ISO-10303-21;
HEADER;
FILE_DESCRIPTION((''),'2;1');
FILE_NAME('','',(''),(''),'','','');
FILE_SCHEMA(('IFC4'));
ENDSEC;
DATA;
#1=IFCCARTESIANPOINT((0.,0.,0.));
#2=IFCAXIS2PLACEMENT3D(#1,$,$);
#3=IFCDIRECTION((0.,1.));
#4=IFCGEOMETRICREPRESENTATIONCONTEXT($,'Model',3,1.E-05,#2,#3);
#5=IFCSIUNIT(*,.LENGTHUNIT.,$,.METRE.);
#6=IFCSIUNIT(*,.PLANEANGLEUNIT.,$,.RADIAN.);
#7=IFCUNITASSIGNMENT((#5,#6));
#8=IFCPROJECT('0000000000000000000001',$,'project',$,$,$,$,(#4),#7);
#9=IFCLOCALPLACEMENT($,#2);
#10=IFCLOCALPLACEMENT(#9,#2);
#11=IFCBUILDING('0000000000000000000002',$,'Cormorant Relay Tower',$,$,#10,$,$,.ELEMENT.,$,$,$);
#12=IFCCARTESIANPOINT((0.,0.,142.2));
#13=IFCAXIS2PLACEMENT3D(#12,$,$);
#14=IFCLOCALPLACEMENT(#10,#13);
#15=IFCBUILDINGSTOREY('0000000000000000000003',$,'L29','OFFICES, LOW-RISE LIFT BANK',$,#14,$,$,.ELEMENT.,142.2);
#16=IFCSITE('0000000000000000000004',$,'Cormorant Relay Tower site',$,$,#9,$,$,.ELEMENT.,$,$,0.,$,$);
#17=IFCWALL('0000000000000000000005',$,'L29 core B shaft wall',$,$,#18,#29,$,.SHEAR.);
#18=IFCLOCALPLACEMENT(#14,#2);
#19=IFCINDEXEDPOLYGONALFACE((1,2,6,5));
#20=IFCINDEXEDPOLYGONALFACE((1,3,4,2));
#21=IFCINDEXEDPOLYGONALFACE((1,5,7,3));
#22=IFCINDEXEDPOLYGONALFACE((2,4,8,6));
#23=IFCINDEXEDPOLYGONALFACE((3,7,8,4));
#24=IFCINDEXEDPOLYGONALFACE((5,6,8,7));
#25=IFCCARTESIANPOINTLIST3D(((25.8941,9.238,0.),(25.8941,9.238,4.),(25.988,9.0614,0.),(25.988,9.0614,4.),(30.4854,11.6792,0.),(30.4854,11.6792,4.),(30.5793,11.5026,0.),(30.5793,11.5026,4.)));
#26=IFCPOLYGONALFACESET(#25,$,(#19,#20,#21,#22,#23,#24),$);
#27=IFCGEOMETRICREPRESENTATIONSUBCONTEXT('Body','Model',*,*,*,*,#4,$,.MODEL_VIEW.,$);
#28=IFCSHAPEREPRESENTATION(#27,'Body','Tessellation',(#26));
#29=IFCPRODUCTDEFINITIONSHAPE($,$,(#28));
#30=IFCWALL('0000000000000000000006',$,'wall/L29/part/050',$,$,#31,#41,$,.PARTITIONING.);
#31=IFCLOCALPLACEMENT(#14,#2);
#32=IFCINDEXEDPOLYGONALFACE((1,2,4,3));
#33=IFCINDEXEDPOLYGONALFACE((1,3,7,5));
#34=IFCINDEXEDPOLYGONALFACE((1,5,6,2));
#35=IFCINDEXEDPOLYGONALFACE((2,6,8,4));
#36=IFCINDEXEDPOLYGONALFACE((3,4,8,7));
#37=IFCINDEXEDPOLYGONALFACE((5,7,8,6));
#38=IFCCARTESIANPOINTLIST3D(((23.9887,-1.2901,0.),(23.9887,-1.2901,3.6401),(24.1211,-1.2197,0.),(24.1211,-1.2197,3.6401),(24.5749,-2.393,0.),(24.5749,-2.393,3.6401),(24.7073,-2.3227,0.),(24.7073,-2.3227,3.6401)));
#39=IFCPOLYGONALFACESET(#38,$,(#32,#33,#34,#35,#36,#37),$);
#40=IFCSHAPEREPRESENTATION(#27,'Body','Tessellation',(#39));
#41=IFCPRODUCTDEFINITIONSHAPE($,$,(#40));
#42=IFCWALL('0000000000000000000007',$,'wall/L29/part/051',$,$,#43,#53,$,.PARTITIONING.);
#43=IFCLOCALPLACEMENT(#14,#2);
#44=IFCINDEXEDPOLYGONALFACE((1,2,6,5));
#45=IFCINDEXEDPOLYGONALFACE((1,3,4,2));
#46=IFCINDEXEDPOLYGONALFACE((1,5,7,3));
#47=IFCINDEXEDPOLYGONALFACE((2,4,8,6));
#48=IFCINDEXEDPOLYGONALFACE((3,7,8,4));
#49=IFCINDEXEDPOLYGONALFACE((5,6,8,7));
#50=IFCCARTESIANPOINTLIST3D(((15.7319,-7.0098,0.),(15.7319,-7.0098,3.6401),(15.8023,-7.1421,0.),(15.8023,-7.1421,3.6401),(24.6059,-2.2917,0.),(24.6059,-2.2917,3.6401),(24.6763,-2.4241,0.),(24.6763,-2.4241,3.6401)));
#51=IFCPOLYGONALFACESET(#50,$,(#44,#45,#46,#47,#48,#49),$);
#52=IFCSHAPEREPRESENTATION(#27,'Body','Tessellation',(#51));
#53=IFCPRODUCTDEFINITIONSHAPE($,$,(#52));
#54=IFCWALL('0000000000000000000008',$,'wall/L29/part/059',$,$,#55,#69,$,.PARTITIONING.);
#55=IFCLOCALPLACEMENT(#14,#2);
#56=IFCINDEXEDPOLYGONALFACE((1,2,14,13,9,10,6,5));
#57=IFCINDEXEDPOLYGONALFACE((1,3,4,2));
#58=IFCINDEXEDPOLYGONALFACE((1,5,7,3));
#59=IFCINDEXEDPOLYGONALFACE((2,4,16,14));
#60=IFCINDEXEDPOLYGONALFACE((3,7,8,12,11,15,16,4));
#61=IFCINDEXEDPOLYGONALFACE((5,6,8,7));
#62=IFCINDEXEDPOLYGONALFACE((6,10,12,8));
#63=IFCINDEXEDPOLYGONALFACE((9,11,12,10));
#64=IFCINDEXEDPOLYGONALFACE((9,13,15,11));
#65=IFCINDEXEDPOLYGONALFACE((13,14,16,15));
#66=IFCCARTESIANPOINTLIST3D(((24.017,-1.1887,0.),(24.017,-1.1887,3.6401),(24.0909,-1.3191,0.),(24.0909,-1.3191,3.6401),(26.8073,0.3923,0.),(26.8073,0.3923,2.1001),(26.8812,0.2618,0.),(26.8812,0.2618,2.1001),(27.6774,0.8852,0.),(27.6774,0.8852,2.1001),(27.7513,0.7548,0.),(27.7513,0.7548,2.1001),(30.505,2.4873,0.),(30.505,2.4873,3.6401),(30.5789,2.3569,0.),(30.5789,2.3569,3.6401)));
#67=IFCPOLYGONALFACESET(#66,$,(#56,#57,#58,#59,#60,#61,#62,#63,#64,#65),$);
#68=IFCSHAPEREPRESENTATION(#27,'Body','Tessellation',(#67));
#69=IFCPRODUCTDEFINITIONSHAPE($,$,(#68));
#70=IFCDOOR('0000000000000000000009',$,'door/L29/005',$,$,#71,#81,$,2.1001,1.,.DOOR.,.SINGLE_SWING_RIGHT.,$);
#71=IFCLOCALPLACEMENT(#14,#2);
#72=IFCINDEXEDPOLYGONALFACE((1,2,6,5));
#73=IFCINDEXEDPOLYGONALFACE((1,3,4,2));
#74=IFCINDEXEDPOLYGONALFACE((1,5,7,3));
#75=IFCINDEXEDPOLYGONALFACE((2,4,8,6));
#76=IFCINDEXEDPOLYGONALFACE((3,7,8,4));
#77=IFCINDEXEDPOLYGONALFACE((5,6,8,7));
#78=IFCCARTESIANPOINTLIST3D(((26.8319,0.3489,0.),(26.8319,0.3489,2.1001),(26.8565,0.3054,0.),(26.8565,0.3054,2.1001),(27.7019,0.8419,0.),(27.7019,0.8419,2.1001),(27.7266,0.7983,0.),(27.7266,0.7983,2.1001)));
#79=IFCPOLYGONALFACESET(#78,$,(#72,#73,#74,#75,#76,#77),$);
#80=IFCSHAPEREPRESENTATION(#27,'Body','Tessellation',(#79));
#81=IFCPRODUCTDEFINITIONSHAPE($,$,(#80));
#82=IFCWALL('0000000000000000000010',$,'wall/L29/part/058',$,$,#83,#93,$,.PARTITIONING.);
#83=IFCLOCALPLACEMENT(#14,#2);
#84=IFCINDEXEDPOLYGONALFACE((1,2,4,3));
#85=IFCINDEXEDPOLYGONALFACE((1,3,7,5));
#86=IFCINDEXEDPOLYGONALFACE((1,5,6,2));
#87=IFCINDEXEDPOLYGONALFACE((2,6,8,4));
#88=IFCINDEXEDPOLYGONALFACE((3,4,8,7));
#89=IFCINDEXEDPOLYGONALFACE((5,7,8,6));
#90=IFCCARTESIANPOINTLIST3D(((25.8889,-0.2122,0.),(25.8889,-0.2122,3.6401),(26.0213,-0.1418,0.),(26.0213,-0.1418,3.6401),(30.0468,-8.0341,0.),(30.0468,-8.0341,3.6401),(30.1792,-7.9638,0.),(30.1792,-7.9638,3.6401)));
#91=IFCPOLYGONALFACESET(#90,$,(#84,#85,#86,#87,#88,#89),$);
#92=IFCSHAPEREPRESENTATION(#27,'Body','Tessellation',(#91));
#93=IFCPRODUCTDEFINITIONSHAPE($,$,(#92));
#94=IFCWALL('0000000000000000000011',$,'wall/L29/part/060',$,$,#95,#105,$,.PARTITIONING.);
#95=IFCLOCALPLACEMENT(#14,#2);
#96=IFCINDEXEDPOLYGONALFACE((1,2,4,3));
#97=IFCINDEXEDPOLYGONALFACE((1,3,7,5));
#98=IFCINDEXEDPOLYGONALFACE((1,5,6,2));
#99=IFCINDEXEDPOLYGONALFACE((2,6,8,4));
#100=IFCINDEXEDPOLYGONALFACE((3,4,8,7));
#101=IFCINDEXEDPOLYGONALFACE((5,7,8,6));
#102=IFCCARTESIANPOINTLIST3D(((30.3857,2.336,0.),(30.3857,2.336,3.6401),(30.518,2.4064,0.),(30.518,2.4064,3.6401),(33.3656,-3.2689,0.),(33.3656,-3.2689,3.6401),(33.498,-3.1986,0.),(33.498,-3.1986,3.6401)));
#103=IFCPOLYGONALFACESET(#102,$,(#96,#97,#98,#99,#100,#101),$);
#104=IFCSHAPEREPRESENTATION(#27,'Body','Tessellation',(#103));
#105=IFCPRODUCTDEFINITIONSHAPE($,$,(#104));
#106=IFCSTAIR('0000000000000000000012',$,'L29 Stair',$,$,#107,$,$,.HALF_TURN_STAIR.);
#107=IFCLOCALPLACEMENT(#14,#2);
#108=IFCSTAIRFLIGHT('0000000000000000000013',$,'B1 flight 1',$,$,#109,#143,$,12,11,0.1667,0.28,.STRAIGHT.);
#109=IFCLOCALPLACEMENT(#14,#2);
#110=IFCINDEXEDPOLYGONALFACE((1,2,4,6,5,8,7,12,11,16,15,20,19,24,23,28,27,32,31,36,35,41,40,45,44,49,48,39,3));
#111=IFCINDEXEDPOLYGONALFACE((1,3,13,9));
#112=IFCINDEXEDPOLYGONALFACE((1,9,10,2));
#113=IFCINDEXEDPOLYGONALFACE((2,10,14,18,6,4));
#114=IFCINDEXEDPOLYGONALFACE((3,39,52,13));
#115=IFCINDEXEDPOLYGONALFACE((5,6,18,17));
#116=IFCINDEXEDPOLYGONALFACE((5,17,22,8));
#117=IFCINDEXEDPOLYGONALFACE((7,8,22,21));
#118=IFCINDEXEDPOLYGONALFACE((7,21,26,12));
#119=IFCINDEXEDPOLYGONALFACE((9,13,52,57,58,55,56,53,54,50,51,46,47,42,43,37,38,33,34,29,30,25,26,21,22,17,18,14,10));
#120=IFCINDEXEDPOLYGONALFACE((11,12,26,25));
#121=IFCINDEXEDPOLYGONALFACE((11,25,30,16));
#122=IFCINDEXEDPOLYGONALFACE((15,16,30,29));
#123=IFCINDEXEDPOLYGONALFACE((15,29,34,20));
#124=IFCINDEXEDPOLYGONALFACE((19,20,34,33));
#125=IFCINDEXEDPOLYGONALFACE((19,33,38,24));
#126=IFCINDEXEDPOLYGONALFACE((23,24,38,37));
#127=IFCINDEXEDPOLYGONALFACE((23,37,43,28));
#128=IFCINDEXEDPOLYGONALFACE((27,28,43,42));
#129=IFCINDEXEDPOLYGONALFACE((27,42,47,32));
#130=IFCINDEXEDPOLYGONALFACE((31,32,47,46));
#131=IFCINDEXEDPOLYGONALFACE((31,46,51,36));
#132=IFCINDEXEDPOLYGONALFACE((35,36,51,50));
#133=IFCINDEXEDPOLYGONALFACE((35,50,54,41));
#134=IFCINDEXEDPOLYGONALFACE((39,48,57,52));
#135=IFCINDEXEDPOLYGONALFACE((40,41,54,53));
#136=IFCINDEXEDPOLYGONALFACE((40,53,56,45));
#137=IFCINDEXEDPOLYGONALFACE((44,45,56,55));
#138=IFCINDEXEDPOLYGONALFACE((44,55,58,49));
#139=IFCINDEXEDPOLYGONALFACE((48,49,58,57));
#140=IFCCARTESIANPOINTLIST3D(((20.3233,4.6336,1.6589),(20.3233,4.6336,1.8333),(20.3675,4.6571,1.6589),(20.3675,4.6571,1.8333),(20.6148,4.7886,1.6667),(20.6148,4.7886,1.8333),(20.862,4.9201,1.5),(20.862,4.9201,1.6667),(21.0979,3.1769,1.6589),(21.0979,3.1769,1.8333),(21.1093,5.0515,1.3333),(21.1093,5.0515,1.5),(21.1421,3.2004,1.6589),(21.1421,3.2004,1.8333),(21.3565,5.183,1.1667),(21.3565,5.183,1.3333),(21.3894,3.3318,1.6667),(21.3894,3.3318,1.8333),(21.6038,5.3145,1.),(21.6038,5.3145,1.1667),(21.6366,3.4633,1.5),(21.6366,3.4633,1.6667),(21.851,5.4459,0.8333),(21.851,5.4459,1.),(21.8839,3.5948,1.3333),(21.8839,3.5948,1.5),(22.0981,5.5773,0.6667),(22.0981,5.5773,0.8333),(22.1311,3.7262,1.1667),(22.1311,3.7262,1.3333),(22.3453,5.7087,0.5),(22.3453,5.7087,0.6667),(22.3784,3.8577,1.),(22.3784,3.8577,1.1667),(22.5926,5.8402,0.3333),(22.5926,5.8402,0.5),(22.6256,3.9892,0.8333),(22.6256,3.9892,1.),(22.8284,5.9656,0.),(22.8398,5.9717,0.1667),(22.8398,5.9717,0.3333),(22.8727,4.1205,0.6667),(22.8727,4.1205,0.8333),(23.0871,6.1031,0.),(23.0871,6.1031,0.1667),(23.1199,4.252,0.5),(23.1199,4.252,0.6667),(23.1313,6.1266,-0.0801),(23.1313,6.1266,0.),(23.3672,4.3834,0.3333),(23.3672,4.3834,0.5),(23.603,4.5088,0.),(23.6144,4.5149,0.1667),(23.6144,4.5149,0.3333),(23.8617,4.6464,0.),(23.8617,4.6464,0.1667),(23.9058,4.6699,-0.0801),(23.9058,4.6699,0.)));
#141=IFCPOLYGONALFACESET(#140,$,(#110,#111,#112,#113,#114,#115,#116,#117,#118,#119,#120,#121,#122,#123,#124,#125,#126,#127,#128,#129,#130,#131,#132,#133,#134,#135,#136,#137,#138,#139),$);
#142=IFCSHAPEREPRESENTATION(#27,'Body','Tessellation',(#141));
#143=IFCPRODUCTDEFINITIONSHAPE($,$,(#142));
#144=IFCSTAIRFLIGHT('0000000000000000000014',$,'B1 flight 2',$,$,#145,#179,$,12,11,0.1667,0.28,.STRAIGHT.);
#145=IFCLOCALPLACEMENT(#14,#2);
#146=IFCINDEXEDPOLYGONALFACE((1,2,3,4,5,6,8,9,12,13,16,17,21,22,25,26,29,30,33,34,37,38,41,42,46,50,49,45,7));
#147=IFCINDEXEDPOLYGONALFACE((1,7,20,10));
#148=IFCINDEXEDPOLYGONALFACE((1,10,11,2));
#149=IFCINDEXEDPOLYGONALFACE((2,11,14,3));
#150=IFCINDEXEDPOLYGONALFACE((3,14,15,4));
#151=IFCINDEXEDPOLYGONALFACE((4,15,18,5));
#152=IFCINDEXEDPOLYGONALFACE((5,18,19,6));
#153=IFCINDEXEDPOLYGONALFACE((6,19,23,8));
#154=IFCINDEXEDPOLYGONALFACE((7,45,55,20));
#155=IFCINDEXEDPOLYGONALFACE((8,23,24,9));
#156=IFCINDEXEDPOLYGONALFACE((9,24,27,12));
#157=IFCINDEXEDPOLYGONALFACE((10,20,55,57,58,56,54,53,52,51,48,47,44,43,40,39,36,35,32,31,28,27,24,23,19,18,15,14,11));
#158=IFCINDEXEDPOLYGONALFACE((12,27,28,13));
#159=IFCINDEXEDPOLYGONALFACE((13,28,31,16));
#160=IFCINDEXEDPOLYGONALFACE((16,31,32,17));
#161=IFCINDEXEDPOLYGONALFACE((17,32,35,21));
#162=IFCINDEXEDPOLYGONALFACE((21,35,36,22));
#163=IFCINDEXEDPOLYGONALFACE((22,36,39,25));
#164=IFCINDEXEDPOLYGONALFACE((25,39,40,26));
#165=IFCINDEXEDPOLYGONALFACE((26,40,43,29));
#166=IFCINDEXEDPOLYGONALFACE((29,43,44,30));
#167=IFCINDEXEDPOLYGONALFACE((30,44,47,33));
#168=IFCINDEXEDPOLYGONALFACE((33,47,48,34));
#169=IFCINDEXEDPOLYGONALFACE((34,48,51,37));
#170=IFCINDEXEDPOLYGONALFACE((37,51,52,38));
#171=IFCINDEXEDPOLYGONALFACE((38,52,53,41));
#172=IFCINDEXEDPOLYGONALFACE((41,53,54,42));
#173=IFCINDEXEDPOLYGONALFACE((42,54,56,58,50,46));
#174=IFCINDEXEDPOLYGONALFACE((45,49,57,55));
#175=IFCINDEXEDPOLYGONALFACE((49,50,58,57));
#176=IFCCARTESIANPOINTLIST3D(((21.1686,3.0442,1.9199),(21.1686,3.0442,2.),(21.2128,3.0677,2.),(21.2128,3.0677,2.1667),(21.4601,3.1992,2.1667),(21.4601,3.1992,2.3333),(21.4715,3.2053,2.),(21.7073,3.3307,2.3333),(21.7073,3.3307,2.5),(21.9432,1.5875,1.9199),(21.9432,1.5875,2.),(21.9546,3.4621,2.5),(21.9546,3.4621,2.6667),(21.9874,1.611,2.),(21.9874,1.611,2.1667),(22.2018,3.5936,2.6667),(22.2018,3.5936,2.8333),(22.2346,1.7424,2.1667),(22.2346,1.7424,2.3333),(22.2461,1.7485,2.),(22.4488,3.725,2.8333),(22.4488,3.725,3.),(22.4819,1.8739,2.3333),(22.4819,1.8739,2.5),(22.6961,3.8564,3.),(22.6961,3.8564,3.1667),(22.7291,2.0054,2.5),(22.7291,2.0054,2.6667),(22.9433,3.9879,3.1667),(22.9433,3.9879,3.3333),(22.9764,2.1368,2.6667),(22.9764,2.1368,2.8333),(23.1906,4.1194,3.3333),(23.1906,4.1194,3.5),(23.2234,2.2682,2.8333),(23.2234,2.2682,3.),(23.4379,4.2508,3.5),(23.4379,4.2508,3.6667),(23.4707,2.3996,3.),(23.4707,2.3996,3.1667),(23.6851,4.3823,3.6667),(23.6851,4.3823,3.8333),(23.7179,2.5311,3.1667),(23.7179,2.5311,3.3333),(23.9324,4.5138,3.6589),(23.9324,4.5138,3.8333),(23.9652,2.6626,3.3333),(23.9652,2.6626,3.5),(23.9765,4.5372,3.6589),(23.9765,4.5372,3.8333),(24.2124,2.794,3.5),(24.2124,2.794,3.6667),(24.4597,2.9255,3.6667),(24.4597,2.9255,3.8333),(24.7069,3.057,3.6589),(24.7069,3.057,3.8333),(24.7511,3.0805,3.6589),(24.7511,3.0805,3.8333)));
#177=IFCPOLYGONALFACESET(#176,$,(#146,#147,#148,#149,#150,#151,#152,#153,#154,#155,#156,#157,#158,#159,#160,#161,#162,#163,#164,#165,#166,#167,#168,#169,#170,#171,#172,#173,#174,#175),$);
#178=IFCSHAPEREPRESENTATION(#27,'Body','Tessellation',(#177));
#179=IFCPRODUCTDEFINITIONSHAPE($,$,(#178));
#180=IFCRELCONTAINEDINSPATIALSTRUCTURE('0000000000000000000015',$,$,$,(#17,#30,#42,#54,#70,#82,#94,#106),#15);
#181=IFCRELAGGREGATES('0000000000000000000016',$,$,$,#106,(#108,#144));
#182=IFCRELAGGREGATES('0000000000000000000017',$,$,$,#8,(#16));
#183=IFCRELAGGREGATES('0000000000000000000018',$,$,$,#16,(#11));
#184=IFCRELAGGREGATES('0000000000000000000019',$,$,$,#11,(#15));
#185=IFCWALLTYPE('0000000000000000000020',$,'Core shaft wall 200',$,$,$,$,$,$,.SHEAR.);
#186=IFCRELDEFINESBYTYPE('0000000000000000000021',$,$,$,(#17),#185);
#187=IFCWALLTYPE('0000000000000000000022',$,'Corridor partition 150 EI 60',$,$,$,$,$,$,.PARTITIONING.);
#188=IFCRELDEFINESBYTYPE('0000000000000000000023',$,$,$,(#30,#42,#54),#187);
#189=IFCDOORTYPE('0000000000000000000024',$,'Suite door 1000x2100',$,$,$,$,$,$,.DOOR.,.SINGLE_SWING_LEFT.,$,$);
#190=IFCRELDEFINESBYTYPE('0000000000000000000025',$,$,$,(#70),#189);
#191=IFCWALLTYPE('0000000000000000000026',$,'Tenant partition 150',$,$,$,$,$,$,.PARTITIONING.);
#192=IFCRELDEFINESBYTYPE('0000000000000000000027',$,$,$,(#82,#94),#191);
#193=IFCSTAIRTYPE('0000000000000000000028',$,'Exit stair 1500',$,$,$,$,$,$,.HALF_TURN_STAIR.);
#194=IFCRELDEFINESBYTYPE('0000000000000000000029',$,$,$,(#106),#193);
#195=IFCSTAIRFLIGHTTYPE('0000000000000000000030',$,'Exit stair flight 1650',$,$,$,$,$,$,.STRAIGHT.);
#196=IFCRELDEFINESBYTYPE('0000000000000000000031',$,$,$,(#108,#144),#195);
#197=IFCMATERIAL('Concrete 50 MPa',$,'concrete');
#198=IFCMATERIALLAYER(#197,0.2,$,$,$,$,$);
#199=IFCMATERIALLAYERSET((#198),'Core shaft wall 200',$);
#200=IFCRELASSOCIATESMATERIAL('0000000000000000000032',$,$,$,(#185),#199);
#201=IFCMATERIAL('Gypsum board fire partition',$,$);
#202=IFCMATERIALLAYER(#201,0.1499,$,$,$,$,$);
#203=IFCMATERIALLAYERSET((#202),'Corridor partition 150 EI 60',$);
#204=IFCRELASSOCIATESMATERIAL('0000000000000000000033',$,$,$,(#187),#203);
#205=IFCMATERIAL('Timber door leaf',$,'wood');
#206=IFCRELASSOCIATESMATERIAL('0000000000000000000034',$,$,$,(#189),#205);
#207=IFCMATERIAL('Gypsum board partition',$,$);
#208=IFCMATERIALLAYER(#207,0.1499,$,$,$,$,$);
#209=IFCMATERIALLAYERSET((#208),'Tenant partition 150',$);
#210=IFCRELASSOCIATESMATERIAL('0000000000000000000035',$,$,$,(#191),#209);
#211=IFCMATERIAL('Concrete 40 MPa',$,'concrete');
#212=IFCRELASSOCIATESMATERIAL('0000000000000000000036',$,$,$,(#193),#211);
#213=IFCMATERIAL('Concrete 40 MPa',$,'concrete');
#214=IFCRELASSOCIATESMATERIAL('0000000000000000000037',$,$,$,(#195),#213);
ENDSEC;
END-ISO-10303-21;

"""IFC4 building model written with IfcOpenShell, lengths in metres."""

from ifc_helpers import new_model, si_unit, direction, frame, frame_2d, origin, place, context, subcontext, project, spatial, polyline, rectangle, outline, extrude, material, layer, layer_set, type_object, element, fill, aggregate, save


model = new_model("IFC4")

# Units and contexts
model_context = context("Model", 3, precision=1e-05, world=origin(), true_north=direction((0.0, 1.0)))
body_context = subcontext(model_context, "Body", "Model", "MODEL_VIEW")
ifc_project = project(units=[si_unit("LENGTHUNIT", "METRE"), si_unit("PLANEANGLEUNIT", "RADIAN")], contexts=[model_context])

# Site, building, storey
site_placement = place(None, origin())
site = spatial("IfcSite", under=ifc_project, at=site_placement, Name="Cormorant Relay Tower site", CompositionType="ELEMENT", RefElevation=0.0)
building_placement = place(site_placement, origin())
building = spatial("IfcBuilding", under=site, at=building_placement, Name="Cormorant Relay Tower", CompositionType="ELEMENT")
storey_placement = place(building_placement, frame((0.0, 0.0, 142.2)))
storey = spatial("IfcBuildingStorey", under=building, at=storey_placement, Name="L29", Description="OFFICES, LOW-RISE LIFT BANK", CompositionType="ELEMENT", Elevation=142.2)

# Shared definitions
ifc_material_1 = material(Name="Concrete 50 MPa", Category="concrete")
ifc_layer_1 = layer(ifc_material_1, 0.2)
ifc_layer_set_1 = layer_set([ifc_layer_1], Name="Core shaft wall 200")
wall_type_1 = type_object("IfcWallType", Name="Core shaft wall 200", PredefinedType="SHEAR", material=ifc_layer_set_1)

# Walls
wall_1_placement = place(storey_placement, frame((25.9409, 9.1497, 0.0), z_axis=(0.0, 0.0, 1.0), x_axis=(0.882954, 0.46946, 0.0)))
element("IfcWall", 1, at=wall_1_placement, inside=storey, type_object=wall_type_1, Name="L29 core B shaft wall", PredefinedType="SHEAR", context=body_context, shape_type="SweptSolid", body=[
    extrude(rectangle(XDim=5.2, YDim=0.2, at=frame_2d((2.6001, 0.0))), origin(), (0.0, 0.0, 1.0), 4.0),
])
ifc_material_2 = material(Name="Gypsum board fire partition")
ifc_layer_2 = layer(ifc_material_2, 0.1499)
ifc_layer_set_2 = layer_set([ifc_layer_2], Name="Corridor partition 150 EI 60")
wall_type_2 = type_object("IfcWallType", Name="Corridor partition 150 EI 60", PredefinedType="PARTITIONING", material=ifc_layer_set_2)
wall_2_placement = place(storey_placement, frame((24.0549, -1.2549, 0.0), z_axis=(0.0, 0.0, 1.0), x_axis=(0.469279, -0.88305, 0.0)))
element("IfcWall", 2, at=wall_2_placement, inside=storey, type_object=wall_type_2, Name="wall/L29/part/050", PredefinedType="PARTITIONING", context=body_context, shape_type="SweptSolid", body=[
    extrude(rectangle(XDim=1.249, YDim=0.1499, at=frame_2d((0.6245, 0.0))), origin(), (0.0, 0.0, 1.0), 3.6401),
])
wall_3_placement = place(storey_placement, frame((24.6411, -2.3579, 0.0), z_axis=(0.0, 0.0, 1.0), x_axis=(-0.882963, -0.469442, 0.0)))
element("IfcWall", 3, at=wall_3_placement, inside=storey, type_object=wall_type_2, Name="wall/L29/part/051", PredefinedType="PARTITIONING", context=body_context, shape_type="SweptSolid", body=[
    extrude(rectangle(XDim=10.0503, YDim=0.1499, at=frame_2d((5.0251, 0.0))), origin(), (0.0, 0.0, 1.0), 3.6401),
])

# Wall, opening, door
wall_4_placement = place(storey_placement, frame((30.542, 2.4221, 0.0), z_axis=(0.0, 0.0, 1.0), x_axis=(-0.870053, -0.492959, 0.0)))
wall_4 = element("IfcWall", 4, at=wall_4_placement, inside=storey, type_object=wall_type_2, Name="wall/L29/part/059", PredefinedType="PARTITIONING", context=body_context, shape_type="SweptSolid", body=[
    extrude(rectangle(XDim=7.457, YDim=0.1499, at=frame_2d((3.7285, 0.0))), origin(), (0.0, 0.0, 1.0), 3.6401),
])
opening_1_placement = place(wall_4_placement, frame((3.25, 0.0, 0.0)))
opening_1 = element("IfcOpeningElement", 5, at=opening_1_placement, cuts=wall_4, PredefinedType="OPENING", context=body_context, shape_type="SweptSolid", body=[
    extrude(rectangle(XDim=1.0, YDim=2.1001, at=frame_2d((0.5, 1.05))), frame((0.0, 0.085, 0.0), z_axis=(0.0, -1.0, 0.0), x_axis=(1.0, 0.0, 0.0)), (0.0, 0.0, 1.0), 0.1699),
])
ifc_material_3 = material(Name="Timber door leaf", Category="wood")
door_type_1 = type_object("IfcDoorType", Name="Suite door 1000x2100", OperationType="SINGLE_SWING_LEFT", PredefinedType="DOOR", material=ifc_material_3)
door_1_placement = place(opening_1_placement, origin())
door_1 = element("IfcDoor", 6, at=door_1_placement, inside=storey, type_object=door_type_1, Name="door/L29/005", OperationType="SINGLE_SWING_RIGHT", OverallHeight=2.1001, OverallWidth=1.0, PredefinedType="DOOR", context=body_context, shape_type="SweptSolid", body=[
    extrude(rectangle(XDim=1.0, YDim=2.1001, at=frame_2d((0.5, 1.05))), frame((0.0, 0.0249, 0.0), z_axis=(0.0, -1.0, 0.0), x_axis=(1.0, 0.0, 0.0)), (0.0, 0.0, 1.0), 0.05),
])
fill(opening_1, door_1)

# Walls
ifc_material_4 = material(Name="Gypsum board partition")
ifc_layer_3 = layer(ifc_material_4, 0.1499)
ifc_layer_set_3 = layer_set([ifc_layer_3], Name="Tenant partition 150")
wall_type_3 = type_object("IfcWallType", Name="Tenant partition 150", PredefinedType="PARTITIONING", material=ifc_layer_set_3)
wall_5_placement = place(storey_placement, frame((25.9551, -0.177, 0.0), z_axis=(0.0, 0.0, 1.0), x_axis=(0.469376, -0.882998, 0.0)))
element("IfcWall", 7, at=wall_5_placement, inside=storey, type_object=wall_type_3, Name="wall/L29/part/058", PredefinedType="PARTITIONING", context=body_context, shape_type="SweptSolid", body=[
    extrude(rectangle(XDim=8.8584, YDim=0.1499, at=frame_2d((4.4292, 0.0))), origin(), (0.0, 0.0, 1.0), 3.6401),
])
wall_6_placement = place(storey_placement, frame((30.4519, 2.3711, 0.0), z_axis=(0.0, 0.0, 1.0), x_axis=(0.469442, -0.882963, 0.0)))
element("IfcWall", 8, at=wall_6_placement, inside=storey, type_object=wall_type_3, Name="wall/L29/part/060", PredefinedType="PARTITIONING", context=body_context, shape_type="SweptSolid", body=[
    extrude(rectangle(XDim=6.3479, YDim=0.1499, at=frame_2d((3.1738, 0.0))), origin(), (0.0, 0.0, 1.0), 3.6401),
])

# Stair, stair flights
ifc_material_5 = material(Name="Concrete 40 MPa", Category="concrete")
stair_type = type_object("IfcStairType", Name="Exit stair 1500", PredefinedType="HALF_TURN_STAIR", material=ifc_material_5)
stair_placement = place(storey_placement, origin())
stair = element("IfcStair", 9, at=stair_placement, inside=storey, type_object=stair_type, Name="L29 Stair", PredefinedType="HALF_TURN_STAIR")
ifc_material_6 = material(Name="Concrete 40 MPa", Category="concrete")
stair_flight_type = type_object("IfcStairFlightType", Name="Exit stair flight 1650", PredefinedType="STRAIGHT", material=ifc_material_6)
stair_flight_1_placement = place(storey_placement, frame((23.4744, 5.3748, 0.0), z_axis=(0.0, 0.0, 1.0), x_axis=(-0.882948, -0.469472, 0.0)))
stair_flight_1 = element("IfcStairFlight", 10, at=stair_flight_1_placement, type_object=stair_flight_type, Name="B1 flight 1", NumberOfRisers=12, NumberOfTreads=11, PredefinedType="STRAIGHT", RiserHeight=0.1667, TreadLength=0.28, context=body_context, shape_type="SweptSolid", body=[
    extrude(outline(polyline([(-0.05, -0.0801), (-0.05, 0.0), (0.0, 0.0), (0.0, 0.1667), (0.28, 0.1667), (0.28, 0.3333), (0.5601, 0.3333), (0.5601, 0.5), (0.8401, 0.5), (0.8401, 0.6667), (1.1201, 0.6667), (1.1201, 0.8333), (1.3999, 0.8333), (1.3999, 1.0), (1.6799, 1.0), (1.6799, 1.1667), (1.96, 1.1667), (1.96, 1.3333), (2.24, 1.3333), (2.24, 1.5), (2.52, 1.5), (2.52, 1.6667), (2.8, 1.6667), (2.8, 1.8333), (3.0801, 1.8333), (3.1301, 1.8333), (3.1301, 1.6589), (3.0801, 1.6589), (0.293, 0.0), (-0.05, -0.0801)])), frame((0.0, 0.825, 0.0), z_axis=(0.0, -1.0, 0.0), x_axis=(1.0, 0.0, 0.0)), (0.0, 0.0, 1.0), 1.6499),
])
stair_flight_2_placement = place(storey_placement, frame((21.6001, 2.3394, 2.0), z_axis=(0.0, 0.0, 1.0), x_axis=(0.882948, 0.469472, 0.0)))
stair_flight_2 = element("IfcStairFlight", 11, at=stair_flight_2_placement, type_object=stair_flight_type, Name="B1 flight 2", NumberOfRisers=12, NumberOfTreads=11, PredefinedType="STRAIGHT", RiserHeight=0.1667, TreadLength=0.28, context=body_context, shape_type="SweptSolid", body=[
    extrude(outline(polyline([(-0.05, -0.0801), (-0.05, 0.0), (0.0, 0.0), (0.0, 0.1667), (0.28, 0.1667), (0.28, 0.3333), (0.5601, 0.3333), (0.5601, 0.5), (0.8401, 0.5), (0.8401, 0.6667), (1.1201, 0.6667), (1.1201, 0.8333), (1.3999, 0.8333), (1.3999, 1.0), (1.6799, 1.0), (1.6799, 1.1667), (1.96, 1.1667), (1.96, 1.3333), (2.24, 1.3333), (2.24, 1.5), (2.52, 1.5), (2.52, 1.6667), (2.8, 1.6667), (2.8, 1.8333), (3.0801, 1.8333), (3.1301, 1.8333), (3.1301, 1.6589), (3.0801, 1.6589), (0.293, 0.0), (-0.05, -0.0801)])), frame((0.0, 0.825, 0.0), z_axis=(0.0, -1.0, 0.0), x_axis=(1.0, 0.0, 0.0)), (0.0, 0.0, 1.0), 1.6499),
])
aggregate(stair, [stair_flight_1, stair_flight_2])

save(model, "model.ifc")
